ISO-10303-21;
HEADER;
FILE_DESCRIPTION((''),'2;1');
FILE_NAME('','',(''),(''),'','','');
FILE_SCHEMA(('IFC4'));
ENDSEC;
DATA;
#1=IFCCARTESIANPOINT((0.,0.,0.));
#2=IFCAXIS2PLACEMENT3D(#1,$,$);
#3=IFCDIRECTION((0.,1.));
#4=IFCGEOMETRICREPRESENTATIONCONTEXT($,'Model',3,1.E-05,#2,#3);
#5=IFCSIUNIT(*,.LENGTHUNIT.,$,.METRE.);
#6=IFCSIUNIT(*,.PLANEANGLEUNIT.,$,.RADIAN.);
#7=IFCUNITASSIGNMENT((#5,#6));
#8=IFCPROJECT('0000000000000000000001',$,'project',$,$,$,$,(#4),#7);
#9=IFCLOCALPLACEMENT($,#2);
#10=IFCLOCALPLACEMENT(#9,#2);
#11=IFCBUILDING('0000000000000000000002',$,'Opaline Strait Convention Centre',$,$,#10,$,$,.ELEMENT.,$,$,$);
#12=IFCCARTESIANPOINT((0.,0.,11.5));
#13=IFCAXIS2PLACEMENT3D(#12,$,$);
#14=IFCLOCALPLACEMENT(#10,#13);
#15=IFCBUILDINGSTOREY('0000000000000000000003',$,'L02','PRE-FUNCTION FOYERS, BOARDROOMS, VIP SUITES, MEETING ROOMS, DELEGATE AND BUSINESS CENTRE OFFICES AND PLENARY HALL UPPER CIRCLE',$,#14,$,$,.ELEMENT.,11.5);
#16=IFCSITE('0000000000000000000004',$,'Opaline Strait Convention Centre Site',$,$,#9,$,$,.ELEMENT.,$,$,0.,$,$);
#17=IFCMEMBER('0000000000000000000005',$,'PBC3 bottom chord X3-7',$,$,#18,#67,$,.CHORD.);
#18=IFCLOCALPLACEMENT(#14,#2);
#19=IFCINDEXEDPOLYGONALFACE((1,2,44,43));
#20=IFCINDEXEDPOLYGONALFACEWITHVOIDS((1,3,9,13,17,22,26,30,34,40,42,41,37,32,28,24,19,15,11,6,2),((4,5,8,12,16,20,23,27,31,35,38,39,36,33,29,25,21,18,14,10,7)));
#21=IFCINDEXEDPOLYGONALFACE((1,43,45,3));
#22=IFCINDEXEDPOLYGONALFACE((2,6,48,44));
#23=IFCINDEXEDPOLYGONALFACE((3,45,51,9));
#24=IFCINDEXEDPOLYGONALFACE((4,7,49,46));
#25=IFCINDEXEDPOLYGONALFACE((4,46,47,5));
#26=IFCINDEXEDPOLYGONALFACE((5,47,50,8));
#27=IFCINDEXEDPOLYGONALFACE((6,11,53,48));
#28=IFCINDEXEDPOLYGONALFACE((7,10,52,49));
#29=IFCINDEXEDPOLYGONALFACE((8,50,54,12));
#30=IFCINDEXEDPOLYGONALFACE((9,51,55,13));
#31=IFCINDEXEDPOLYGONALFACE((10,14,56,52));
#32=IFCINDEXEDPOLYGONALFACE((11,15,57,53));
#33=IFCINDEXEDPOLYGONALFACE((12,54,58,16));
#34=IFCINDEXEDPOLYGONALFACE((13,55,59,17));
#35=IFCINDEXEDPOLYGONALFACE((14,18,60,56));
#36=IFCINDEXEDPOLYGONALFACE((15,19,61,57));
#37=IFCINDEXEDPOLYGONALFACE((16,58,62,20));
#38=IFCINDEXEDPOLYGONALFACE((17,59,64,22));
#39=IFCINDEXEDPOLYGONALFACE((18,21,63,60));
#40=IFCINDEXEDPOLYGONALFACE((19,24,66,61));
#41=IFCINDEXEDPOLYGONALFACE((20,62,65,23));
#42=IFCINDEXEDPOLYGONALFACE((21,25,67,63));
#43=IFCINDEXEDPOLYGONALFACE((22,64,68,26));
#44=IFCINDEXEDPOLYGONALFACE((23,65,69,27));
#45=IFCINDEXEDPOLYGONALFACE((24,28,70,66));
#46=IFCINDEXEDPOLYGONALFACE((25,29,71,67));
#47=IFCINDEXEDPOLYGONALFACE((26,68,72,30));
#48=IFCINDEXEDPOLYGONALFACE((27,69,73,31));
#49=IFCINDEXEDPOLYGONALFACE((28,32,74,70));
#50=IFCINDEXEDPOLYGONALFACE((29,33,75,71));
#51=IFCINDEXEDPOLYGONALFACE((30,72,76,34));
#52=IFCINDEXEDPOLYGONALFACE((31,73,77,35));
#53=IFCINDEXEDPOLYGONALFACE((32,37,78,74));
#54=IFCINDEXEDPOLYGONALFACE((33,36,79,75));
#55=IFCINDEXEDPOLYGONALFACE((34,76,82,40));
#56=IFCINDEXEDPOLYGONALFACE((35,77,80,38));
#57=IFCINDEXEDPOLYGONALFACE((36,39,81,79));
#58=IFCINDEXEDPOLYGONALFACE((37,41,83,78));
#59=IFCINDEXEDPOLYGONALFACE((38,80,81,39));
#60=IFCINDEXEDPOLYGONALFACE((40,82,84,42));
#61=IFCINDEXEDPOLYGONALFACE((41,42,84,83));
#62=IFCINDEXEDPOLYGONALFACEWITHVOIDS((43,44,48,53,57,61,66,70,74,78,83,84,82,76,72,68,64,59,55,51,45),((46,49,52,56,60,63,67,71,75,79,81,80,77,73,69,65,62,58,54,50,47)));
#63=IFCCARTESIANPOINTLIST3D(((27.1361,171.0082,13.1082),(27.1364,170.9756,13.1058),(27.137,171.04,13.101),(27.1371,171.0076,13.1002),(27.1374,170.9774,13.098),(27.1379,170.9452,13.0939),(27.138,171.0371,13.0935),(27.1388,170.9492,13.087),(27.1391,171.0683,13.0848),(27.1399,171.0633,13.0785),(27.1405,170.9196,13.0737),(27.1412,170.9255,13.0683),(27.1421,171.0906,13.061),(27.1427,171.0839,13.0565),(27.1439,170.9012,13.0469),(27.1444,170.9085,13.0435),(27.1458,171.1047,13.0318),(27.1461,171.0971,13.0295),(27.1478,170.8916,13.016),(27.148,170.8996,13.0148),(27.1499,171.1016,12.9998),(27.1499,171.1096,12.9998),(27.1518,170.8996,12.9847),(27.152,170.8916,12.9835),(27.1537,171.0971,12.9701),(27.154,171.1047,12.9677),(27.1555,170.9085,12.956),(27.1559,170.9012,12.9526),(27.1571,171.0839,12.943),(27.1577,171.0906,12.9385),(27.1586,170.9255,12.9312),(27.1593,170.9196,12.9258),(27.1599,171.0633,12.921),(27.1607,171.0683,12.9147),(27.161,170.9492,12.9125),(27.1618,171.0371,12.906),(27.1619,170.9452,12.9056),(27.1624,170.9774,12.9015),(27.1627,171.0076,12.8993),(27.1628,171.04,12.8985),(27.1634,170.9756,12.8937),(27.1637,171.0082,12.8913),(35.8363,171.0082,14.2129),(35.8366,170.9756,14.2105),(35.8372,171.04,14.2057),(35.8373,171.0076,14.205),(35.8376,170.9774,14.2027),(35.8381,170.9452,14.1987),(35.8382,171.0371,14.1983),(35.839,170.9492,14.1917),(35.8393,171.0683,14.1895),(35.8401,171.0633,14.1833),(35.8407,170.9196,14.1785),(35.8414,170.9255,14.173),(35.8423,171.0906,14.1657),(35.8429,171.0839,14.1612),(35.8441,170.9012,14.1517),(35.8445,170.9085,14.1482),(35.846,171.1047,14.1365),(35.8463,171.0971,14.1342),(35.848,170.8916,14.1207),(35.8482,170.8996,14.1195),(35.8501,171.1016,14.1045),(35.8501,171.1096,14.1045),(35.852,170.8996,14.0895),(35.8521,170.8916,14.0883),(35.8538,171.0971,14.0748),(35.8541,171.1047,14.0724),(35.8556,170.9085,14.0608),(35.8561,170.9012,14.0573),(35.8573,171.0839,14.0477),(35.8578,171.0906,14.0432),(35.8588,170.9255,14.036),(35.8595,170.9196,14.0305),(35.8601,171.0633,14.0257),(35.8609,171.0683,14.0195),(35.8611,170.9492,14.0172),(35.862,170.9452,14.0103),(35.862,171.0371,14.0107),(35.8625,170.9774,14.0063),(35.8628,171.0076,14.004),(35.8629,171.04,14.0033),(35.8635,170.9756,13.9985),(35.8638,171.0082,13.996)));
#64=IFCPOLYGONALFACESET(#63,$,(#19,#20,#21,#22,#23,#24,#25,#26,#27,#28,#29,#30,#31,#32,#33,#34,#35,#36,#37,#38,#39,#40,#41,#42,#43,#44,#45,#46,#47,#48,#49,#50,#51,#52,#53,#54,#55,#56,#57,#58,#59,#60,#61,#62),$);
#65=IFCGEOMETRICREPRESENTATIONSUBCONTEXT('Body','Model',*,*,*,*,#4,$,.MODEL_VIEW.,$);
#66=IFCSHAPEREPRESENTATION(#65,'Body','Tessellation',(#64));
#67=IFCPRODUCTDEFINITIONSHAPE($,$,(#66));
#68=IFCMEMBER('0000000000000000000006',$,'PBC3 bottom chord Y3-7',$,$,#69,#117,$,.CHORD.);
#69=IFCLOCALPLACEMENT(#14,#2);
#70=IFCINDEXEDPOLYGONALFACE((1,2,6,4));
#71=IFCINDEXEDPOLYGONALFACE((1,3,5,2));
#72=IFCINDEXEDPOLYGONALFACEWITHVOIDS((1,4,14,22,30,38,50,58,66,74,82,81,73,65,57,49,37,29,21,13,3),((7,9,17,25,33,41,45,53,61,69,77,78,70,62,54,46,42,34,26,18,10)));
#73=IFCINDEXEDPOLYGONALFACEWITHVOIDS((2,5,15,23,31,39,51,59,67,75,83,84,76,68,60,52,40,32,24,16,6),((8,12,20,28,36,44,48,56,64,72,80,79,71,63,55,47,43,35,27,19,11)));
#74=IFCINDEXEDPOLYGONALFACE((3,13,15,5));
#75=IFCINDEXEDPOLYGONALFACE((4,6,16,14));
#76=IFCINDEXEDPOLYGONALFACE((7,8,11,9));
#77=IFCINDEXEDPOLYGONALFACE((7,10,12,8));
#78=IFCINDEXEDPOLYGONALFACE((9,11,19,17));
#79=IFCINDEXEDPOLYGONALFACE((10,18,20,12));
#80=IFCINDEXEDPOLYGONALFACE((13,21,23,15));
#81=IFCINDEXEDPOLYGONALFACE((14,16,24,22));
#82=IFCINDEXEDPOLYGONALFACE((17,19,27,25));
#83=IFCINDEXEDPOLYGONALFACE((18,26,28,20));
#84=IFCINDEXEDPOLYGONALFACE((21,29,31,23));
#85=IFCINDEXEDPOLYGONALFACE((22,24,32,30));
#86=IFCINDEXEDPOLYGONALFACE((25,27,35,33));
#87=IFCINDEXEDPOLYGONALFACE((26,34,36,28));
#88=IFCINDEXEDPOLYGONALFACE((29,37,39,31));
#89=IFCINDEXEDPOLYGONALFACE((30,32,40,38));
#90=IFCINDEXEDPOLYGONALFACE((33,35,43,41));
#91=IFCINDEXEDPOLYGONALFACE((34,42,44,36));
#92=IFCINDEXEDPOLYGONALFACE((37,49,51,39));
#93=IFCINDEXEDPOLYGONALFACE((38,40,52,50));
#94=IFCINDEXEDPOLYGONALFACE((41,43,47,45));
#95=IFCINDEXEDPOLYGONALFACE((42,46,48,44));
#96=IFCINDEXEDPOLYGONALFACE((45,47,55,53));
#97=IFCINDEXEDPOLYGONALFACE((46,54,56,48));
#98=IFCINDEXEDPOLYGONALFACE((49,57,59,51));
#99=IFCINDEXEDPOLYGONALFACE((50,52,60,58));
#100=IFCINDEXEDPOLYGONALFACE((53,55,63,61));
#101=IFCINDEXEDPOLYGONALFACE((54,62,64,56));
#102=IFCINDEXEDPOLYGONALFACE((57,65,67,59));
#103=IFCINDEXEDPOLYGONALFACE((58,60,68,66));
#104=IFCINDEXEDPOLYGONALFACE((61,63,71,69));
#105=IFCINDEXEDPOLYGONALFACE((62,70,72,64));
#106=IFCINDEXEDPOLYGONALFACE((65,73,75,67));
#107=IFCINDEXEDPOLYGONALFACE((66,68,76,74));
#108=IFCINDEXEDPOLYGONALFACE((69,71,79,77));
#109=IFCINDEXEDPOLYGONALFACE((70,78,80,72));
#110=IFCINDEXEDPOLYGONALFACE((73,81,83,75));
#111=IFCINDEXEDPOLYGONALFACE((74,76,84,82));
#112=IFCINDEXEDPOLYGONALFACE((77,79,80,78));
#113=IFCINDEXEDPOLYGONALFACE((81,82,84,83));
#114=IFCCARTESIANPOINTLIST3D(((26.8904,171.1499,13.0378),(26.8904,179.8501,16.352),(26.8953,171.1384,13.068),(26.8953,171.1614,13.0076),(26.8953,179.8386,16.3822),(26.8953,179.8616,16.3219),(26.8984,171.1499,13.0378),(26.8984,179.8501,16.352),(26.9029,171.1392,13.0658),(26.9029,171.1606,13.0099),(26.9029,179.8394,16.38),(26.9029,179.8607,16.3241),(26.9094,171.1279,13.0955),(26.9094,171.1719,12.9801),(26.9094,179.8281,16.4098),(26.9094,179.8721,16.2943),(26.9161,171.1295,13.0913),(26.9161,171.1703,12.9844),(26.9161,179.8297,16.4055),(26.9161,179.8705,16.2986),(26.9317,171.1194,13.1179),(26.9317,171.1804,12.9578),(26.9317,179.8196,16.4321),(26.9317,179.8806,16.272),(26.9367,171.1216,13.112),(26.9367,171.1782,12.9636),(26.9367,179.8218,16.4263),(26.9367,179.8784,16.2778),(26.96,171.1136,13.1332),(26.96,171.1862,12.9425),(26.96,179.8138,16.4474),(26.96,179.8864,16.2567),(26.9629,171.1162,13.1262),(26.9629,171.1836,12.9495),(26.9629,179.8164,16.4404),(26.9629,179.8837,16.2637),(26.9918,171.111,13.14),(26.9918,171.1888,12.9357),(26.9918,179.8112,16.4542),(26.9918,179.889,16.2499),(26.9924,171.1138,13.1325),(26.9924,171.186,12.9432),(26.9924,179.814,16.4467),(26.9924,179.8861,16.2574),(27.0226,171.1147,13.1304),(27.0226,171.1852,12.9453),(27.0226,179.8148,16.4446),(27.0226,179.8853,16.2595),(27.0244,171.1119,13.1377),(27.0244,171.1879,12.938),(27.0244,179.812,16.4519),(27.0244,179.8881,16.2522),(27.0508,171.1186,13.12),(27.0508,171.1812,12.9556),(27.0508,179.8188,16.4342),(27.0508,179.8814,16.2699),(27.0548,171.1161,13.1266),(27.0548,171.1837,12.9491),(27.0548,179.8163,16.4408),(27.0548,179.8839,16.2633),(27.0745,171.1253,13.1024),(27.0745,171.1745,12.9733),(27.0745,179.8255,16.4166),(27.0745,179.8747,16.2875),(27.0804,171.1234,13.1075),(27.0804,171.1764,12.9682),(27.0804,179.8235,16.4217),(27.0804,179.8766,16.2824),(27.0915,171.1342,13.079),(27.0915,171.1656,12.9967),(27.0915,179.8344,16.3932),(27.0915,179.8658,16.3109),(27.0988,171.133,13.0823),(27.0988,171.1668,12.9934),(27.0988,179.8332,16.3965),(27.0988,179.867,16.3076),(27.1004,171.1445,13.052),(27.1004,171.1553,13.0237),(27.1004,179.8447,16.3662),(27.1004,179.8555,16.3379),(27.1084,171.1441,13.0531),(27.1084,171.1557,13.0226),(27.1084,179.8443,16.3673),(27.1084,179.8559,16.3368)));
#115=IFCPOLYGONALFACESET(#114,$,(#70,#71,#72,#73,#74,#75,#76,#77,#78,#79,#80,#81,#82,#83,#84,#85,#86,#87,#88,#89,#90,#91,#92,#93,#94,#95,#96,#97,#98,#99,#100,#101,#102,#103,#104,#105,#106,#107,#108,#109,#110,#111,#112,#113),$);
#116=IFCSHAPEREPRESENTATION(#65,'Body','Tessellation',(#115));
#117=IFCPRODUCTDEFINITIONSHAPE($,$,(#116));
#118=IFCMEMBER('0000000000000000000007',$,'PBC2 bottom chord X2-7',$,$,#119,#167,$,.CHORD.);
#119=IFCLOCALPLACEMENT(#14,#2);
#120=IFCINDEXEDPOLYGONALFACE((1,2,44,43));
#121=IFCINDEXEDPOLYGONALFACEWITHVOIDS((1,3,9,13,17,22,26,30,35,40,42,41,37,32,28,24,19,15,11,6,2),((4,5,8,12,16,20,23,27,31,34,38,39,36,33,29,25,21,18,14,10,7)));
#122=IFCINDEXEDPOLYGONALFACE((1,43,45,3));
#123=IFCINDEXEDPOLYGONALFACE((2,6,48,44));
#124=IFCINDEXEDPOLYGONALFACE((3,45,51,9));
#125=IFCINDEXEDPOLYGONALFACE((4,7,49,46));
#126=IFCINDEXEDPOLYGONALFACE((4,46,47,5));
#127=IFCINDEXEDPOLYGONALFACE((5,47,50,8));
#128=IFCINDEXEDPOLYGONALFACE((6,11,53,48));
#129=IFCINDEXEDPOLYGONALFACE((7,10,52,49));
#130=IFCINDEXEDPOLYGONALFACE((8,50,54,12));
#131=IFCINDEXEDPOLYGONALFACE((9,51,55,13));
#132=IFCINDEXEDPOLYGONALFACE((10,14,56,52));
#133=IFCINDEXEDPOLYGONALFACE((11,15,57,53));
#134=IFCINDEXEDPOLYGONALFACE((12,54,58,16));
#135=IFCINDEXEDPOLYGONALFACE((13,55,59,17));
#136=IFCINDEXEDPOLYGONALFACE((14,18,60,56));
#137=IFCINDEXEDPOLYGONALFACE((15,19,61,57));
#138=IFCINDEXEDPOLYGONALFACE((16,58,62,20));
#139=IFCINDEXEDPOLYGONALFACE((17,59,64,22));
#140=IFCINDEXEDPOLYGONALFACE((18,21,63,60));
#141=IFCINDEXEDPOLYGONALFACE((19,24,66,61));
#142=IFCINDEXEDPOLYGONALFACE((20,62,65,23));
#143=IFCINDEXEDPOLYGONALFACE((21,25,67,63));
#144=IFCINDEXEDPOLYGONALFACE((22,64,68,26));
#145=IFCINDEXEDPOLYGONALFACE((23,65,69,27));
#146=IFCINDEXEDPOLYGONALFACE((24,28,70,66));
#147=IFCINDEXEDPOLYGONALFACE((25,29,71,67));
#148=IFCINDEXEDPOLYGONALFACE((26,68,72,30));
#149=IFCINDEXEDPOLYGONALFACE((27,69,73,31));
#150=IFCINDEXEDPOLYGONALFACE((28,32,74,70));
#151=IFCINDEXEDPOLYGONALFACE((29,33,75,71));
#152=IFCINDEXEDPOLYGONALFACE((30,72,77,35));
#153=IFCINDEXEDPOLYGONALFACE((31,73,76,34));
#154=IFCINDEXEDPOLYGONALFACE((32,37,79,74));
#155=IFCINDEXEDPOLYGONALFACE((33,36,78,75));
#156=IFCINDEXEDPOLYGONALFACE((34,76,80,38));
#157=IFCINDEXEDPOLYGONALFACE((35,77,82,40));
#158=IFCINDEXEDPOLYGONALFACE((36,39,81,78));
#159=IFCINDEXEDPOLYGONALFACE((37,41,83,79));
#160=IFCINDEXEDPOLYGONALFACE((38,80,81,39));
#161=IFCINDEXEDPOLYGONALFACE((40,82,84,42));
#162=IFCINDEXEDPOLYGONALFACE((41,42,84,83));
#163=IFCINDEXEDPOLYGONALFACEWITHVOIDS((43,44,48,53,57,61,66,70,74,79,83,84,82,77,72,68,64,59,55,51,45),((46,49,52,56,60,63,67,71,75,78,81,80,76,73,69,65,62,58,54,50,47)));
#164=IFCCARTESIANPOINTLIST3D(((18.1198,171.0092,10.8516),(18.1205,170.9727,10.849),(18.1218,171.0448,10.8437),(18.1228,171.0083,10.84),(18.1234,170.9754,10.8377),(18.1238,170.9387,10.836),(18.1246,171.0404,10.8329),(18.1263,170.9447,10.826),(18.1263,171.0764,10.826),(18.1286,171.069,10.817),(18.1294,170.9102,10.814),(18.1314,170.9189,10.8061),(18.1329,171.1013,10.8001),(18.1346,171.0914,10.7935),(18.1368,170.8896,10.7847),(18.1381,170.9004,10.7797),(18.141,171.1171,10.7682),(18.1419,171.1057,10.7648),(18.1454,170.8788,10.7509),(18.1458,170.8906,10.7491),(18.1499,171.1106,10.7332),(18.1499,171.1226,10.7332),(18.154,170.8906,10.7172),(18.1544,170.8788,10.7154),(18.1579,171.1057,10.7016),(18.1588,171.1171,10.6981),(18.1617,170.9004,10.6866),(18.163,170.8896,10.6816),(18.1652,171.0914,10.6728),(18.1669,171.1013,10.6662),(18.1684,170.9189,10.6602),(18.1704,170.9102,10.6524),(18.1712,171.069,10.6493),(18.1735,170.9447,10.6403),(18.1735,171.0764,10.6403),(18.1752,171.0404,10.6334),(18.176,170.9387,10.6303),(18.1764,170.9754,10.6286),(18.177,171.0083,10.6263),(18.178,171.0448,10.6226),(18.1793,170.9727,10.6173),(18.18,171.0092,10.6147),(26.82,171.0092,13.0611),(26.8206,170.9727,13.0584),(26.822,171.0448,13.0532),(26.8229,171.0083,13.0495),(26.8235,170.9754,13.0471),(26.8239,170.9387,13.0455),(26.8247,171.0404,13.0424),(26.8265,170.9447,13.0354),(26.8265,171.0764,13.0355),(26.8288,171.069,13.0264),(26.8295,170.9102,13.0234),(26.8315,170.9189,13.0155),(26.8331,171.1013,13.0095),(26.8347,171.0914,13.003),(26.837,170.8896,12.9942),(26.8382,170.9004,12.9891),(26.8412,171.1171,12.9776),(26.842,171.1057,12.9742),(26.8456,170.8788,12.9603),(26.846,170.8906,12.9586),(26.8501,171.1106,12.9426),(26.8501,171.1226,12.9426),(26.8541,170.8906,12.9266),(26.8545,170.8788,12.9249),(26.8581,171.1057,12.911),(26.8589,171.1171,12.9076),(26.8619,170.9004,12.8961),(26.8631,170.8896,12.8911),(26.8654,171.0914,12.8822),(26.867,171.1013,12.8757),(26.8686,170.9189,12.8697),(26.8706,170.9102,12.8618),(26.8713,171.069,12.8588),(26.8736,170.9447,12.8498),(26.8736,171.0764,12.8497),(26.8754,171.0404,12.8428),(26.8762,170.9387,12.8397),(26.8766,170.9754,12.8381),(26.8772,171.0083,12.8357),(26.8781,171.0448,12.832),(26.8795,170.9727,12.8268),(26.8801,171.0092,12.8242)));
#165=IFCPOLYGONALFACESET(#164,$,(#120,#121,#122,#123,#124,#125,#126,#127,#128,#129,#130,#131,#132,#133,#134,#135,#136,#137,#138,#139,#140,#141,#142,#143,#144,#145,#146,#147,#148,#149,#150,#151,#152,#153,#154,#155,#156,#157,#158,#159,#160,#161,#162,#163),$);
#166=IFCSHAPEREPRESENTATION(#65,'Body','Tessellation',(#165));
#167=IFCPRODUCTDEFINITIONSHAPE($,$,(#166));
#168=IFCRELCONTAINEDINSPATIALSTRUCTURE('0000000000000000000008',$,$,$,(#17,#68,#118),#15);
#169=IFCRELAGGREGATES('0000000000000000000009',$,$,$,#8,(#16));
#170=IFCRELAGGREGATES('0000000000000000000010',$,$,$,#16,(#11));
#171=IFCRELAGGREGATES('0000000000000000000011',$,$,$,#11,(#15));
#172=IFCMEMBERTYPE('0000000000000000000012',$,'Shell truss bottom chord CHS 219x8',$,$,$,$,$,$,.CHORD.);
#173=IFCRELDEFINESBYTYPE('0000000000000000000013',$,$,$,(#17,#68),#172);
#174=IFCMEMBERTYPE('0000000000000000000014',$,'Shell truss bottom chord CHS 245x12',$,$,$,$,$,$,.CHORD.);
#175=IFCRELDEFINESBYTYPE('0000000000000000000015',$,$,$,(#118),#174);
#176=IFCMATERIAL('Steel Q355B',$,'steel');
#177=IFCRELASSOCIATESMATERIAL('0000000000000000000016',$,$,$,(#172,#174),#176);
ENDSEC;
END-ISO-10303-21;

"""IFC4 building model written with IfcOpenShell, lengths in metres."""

from ifc_helpers import new_model, si_unit, direction, frame, origin, origin_2d, place, context, subcontext, project, spatial, hollow_circle, extrude, material, material_profile, profile_set, type_object, element, save


model = new_model("IFC4")

# Units and contexts
model_context = context("Model", 3, precision=1e-05, world=origin(), true_north=direction((0.0, 1.0)))
body_context = subcontext(model_context, "Body", "Model", "MODEL_VIEW")
ifc_project = project(units=[si_unit("LENGTHUNIT", "METRE"), si_unit("PLANEANGLEUNIT", "RADIAN")], contexts=[model_context])

# Site, building, storey
site_placement = place(None, origin())
site = spatial("IfcSite", under=ifc_project, at=site_placement, Name="Opaline Strait Convention Centre Site", CompositionType="ELEMENT", RefElevation=0.0)
building_placement = place(site_placement, origin())
building = spatial("IfcBuilding", under=site, at=building_placement, Name="Opaline Strait Convention Centre", CompositionType="ELEMENT")
storey_placement = place(building_placement, frame((0.0, 0.0, 11.5)))
storey = spatial("IfcBuildingStorey", under=building, at=storey_placement, Name="L02", Description="PRE-FUNCTION FOYERS, BOARDROOMS, VIP SUITES, MEETING ROOMS, DELEGATE AND BUSINESS CENTRE OFFICES AND PLENARY HALL UPPER CIRCLE", CompositionType="ELEMENT", Elevation=11.5)

# Members
ifc_material_1 = material(Name="Steel Q355B", Category="steel")
ifc_material_profile_1 = material_profile(ifc_material_1, hollow_circle(Radius=0.1096, WallThickness=0.0081, at=origin_2d()), Name="CHS 219x8")
ifc_profile_set_1 = profile_set([ifc_material_profile_1], Name="Steel Q355B")
member_type_1 = type_object("IfcMemberType", Name="Shell truss bottom chord CHS 219x8", PredefinedType="CHORD", material=ifc_profile_set_1)
member_1_placement = place(storey_placement, frame((27.1499, 171.0, 12.9998), z_axis=(0.992034, 0.0, 0.125967), x_axis=(0.0, 1.0, 0.0)))
element("IfcMember", 1, at=member_1_placement, inside=storey, type_object=member_type_1, Name="PBC3 bottom chord X3-7", PredefinedType="CHORD", context=body_context, shape_type="SweptSolid", body=[
    extrude(hollow_circle(Radius=0.1096, WallThickness=0.0081, at=origin_2d()), origin(), (0.0, 0.0, 1.0), 8.77),
])
member_2_placement = place(storey_placement, frame((27.0, 171.1499, 13.0378), z_axis=(0.0, 0.934493, 0.355981), x_axis=(-1.0, 0.0, 0.0)))
element("IfcMember", 2, at=member_2_placement, inside=storey, type_object=member_type_1, Name="PBC3 bottom chord Y3-7", PredefinedType="CHORD", context=body_context, shape_type="SweptSolid", body=[
    extrude(hollow_circle(Radius=0.1096, WallThickness=0.0081, at=origin_2d()), origin(), (0.0, 0.0, 1.0), 9.3101),
])
ifc_material_profile_2 = material_profile(ifc_material_1, hollow_circle(Radius=0.1226, WallThickness=0.012, at=origin_2d()), Name="CHS 245x12")
ifc_profile_set_2 = profile_set([ifc_material_profile_2], Name="Steel Q355B")
member_type_2 = type_object("IfcMemberType", Name="Shell truss bottom chord CHS 245x12", PredefinedType="CHORD", material=ifc_profile_set_2)
member_3_placement = place(storey_placement, frame((18.1499, 171.0, 10.7332), z_axis=(0.969233, 0.0, 0.246143), x_axis=(0.0, 1.0, 0.0)))
element("IfcMember", 3, at=member_3_placement, inside=storey, type_object=member_type_2, Name="PBC2 bottom chord X2-7", PredefinedType="CHORD", context=body_context, shape_type="SweptSolid", body=[
    extrude(hollow_circle(Radius=0.1226, WallThickness=0.012, at=origin_2d()), origin(), (0.0, 0.0, 1.0), 8.9763),
])

save(model, "model.ifc")
